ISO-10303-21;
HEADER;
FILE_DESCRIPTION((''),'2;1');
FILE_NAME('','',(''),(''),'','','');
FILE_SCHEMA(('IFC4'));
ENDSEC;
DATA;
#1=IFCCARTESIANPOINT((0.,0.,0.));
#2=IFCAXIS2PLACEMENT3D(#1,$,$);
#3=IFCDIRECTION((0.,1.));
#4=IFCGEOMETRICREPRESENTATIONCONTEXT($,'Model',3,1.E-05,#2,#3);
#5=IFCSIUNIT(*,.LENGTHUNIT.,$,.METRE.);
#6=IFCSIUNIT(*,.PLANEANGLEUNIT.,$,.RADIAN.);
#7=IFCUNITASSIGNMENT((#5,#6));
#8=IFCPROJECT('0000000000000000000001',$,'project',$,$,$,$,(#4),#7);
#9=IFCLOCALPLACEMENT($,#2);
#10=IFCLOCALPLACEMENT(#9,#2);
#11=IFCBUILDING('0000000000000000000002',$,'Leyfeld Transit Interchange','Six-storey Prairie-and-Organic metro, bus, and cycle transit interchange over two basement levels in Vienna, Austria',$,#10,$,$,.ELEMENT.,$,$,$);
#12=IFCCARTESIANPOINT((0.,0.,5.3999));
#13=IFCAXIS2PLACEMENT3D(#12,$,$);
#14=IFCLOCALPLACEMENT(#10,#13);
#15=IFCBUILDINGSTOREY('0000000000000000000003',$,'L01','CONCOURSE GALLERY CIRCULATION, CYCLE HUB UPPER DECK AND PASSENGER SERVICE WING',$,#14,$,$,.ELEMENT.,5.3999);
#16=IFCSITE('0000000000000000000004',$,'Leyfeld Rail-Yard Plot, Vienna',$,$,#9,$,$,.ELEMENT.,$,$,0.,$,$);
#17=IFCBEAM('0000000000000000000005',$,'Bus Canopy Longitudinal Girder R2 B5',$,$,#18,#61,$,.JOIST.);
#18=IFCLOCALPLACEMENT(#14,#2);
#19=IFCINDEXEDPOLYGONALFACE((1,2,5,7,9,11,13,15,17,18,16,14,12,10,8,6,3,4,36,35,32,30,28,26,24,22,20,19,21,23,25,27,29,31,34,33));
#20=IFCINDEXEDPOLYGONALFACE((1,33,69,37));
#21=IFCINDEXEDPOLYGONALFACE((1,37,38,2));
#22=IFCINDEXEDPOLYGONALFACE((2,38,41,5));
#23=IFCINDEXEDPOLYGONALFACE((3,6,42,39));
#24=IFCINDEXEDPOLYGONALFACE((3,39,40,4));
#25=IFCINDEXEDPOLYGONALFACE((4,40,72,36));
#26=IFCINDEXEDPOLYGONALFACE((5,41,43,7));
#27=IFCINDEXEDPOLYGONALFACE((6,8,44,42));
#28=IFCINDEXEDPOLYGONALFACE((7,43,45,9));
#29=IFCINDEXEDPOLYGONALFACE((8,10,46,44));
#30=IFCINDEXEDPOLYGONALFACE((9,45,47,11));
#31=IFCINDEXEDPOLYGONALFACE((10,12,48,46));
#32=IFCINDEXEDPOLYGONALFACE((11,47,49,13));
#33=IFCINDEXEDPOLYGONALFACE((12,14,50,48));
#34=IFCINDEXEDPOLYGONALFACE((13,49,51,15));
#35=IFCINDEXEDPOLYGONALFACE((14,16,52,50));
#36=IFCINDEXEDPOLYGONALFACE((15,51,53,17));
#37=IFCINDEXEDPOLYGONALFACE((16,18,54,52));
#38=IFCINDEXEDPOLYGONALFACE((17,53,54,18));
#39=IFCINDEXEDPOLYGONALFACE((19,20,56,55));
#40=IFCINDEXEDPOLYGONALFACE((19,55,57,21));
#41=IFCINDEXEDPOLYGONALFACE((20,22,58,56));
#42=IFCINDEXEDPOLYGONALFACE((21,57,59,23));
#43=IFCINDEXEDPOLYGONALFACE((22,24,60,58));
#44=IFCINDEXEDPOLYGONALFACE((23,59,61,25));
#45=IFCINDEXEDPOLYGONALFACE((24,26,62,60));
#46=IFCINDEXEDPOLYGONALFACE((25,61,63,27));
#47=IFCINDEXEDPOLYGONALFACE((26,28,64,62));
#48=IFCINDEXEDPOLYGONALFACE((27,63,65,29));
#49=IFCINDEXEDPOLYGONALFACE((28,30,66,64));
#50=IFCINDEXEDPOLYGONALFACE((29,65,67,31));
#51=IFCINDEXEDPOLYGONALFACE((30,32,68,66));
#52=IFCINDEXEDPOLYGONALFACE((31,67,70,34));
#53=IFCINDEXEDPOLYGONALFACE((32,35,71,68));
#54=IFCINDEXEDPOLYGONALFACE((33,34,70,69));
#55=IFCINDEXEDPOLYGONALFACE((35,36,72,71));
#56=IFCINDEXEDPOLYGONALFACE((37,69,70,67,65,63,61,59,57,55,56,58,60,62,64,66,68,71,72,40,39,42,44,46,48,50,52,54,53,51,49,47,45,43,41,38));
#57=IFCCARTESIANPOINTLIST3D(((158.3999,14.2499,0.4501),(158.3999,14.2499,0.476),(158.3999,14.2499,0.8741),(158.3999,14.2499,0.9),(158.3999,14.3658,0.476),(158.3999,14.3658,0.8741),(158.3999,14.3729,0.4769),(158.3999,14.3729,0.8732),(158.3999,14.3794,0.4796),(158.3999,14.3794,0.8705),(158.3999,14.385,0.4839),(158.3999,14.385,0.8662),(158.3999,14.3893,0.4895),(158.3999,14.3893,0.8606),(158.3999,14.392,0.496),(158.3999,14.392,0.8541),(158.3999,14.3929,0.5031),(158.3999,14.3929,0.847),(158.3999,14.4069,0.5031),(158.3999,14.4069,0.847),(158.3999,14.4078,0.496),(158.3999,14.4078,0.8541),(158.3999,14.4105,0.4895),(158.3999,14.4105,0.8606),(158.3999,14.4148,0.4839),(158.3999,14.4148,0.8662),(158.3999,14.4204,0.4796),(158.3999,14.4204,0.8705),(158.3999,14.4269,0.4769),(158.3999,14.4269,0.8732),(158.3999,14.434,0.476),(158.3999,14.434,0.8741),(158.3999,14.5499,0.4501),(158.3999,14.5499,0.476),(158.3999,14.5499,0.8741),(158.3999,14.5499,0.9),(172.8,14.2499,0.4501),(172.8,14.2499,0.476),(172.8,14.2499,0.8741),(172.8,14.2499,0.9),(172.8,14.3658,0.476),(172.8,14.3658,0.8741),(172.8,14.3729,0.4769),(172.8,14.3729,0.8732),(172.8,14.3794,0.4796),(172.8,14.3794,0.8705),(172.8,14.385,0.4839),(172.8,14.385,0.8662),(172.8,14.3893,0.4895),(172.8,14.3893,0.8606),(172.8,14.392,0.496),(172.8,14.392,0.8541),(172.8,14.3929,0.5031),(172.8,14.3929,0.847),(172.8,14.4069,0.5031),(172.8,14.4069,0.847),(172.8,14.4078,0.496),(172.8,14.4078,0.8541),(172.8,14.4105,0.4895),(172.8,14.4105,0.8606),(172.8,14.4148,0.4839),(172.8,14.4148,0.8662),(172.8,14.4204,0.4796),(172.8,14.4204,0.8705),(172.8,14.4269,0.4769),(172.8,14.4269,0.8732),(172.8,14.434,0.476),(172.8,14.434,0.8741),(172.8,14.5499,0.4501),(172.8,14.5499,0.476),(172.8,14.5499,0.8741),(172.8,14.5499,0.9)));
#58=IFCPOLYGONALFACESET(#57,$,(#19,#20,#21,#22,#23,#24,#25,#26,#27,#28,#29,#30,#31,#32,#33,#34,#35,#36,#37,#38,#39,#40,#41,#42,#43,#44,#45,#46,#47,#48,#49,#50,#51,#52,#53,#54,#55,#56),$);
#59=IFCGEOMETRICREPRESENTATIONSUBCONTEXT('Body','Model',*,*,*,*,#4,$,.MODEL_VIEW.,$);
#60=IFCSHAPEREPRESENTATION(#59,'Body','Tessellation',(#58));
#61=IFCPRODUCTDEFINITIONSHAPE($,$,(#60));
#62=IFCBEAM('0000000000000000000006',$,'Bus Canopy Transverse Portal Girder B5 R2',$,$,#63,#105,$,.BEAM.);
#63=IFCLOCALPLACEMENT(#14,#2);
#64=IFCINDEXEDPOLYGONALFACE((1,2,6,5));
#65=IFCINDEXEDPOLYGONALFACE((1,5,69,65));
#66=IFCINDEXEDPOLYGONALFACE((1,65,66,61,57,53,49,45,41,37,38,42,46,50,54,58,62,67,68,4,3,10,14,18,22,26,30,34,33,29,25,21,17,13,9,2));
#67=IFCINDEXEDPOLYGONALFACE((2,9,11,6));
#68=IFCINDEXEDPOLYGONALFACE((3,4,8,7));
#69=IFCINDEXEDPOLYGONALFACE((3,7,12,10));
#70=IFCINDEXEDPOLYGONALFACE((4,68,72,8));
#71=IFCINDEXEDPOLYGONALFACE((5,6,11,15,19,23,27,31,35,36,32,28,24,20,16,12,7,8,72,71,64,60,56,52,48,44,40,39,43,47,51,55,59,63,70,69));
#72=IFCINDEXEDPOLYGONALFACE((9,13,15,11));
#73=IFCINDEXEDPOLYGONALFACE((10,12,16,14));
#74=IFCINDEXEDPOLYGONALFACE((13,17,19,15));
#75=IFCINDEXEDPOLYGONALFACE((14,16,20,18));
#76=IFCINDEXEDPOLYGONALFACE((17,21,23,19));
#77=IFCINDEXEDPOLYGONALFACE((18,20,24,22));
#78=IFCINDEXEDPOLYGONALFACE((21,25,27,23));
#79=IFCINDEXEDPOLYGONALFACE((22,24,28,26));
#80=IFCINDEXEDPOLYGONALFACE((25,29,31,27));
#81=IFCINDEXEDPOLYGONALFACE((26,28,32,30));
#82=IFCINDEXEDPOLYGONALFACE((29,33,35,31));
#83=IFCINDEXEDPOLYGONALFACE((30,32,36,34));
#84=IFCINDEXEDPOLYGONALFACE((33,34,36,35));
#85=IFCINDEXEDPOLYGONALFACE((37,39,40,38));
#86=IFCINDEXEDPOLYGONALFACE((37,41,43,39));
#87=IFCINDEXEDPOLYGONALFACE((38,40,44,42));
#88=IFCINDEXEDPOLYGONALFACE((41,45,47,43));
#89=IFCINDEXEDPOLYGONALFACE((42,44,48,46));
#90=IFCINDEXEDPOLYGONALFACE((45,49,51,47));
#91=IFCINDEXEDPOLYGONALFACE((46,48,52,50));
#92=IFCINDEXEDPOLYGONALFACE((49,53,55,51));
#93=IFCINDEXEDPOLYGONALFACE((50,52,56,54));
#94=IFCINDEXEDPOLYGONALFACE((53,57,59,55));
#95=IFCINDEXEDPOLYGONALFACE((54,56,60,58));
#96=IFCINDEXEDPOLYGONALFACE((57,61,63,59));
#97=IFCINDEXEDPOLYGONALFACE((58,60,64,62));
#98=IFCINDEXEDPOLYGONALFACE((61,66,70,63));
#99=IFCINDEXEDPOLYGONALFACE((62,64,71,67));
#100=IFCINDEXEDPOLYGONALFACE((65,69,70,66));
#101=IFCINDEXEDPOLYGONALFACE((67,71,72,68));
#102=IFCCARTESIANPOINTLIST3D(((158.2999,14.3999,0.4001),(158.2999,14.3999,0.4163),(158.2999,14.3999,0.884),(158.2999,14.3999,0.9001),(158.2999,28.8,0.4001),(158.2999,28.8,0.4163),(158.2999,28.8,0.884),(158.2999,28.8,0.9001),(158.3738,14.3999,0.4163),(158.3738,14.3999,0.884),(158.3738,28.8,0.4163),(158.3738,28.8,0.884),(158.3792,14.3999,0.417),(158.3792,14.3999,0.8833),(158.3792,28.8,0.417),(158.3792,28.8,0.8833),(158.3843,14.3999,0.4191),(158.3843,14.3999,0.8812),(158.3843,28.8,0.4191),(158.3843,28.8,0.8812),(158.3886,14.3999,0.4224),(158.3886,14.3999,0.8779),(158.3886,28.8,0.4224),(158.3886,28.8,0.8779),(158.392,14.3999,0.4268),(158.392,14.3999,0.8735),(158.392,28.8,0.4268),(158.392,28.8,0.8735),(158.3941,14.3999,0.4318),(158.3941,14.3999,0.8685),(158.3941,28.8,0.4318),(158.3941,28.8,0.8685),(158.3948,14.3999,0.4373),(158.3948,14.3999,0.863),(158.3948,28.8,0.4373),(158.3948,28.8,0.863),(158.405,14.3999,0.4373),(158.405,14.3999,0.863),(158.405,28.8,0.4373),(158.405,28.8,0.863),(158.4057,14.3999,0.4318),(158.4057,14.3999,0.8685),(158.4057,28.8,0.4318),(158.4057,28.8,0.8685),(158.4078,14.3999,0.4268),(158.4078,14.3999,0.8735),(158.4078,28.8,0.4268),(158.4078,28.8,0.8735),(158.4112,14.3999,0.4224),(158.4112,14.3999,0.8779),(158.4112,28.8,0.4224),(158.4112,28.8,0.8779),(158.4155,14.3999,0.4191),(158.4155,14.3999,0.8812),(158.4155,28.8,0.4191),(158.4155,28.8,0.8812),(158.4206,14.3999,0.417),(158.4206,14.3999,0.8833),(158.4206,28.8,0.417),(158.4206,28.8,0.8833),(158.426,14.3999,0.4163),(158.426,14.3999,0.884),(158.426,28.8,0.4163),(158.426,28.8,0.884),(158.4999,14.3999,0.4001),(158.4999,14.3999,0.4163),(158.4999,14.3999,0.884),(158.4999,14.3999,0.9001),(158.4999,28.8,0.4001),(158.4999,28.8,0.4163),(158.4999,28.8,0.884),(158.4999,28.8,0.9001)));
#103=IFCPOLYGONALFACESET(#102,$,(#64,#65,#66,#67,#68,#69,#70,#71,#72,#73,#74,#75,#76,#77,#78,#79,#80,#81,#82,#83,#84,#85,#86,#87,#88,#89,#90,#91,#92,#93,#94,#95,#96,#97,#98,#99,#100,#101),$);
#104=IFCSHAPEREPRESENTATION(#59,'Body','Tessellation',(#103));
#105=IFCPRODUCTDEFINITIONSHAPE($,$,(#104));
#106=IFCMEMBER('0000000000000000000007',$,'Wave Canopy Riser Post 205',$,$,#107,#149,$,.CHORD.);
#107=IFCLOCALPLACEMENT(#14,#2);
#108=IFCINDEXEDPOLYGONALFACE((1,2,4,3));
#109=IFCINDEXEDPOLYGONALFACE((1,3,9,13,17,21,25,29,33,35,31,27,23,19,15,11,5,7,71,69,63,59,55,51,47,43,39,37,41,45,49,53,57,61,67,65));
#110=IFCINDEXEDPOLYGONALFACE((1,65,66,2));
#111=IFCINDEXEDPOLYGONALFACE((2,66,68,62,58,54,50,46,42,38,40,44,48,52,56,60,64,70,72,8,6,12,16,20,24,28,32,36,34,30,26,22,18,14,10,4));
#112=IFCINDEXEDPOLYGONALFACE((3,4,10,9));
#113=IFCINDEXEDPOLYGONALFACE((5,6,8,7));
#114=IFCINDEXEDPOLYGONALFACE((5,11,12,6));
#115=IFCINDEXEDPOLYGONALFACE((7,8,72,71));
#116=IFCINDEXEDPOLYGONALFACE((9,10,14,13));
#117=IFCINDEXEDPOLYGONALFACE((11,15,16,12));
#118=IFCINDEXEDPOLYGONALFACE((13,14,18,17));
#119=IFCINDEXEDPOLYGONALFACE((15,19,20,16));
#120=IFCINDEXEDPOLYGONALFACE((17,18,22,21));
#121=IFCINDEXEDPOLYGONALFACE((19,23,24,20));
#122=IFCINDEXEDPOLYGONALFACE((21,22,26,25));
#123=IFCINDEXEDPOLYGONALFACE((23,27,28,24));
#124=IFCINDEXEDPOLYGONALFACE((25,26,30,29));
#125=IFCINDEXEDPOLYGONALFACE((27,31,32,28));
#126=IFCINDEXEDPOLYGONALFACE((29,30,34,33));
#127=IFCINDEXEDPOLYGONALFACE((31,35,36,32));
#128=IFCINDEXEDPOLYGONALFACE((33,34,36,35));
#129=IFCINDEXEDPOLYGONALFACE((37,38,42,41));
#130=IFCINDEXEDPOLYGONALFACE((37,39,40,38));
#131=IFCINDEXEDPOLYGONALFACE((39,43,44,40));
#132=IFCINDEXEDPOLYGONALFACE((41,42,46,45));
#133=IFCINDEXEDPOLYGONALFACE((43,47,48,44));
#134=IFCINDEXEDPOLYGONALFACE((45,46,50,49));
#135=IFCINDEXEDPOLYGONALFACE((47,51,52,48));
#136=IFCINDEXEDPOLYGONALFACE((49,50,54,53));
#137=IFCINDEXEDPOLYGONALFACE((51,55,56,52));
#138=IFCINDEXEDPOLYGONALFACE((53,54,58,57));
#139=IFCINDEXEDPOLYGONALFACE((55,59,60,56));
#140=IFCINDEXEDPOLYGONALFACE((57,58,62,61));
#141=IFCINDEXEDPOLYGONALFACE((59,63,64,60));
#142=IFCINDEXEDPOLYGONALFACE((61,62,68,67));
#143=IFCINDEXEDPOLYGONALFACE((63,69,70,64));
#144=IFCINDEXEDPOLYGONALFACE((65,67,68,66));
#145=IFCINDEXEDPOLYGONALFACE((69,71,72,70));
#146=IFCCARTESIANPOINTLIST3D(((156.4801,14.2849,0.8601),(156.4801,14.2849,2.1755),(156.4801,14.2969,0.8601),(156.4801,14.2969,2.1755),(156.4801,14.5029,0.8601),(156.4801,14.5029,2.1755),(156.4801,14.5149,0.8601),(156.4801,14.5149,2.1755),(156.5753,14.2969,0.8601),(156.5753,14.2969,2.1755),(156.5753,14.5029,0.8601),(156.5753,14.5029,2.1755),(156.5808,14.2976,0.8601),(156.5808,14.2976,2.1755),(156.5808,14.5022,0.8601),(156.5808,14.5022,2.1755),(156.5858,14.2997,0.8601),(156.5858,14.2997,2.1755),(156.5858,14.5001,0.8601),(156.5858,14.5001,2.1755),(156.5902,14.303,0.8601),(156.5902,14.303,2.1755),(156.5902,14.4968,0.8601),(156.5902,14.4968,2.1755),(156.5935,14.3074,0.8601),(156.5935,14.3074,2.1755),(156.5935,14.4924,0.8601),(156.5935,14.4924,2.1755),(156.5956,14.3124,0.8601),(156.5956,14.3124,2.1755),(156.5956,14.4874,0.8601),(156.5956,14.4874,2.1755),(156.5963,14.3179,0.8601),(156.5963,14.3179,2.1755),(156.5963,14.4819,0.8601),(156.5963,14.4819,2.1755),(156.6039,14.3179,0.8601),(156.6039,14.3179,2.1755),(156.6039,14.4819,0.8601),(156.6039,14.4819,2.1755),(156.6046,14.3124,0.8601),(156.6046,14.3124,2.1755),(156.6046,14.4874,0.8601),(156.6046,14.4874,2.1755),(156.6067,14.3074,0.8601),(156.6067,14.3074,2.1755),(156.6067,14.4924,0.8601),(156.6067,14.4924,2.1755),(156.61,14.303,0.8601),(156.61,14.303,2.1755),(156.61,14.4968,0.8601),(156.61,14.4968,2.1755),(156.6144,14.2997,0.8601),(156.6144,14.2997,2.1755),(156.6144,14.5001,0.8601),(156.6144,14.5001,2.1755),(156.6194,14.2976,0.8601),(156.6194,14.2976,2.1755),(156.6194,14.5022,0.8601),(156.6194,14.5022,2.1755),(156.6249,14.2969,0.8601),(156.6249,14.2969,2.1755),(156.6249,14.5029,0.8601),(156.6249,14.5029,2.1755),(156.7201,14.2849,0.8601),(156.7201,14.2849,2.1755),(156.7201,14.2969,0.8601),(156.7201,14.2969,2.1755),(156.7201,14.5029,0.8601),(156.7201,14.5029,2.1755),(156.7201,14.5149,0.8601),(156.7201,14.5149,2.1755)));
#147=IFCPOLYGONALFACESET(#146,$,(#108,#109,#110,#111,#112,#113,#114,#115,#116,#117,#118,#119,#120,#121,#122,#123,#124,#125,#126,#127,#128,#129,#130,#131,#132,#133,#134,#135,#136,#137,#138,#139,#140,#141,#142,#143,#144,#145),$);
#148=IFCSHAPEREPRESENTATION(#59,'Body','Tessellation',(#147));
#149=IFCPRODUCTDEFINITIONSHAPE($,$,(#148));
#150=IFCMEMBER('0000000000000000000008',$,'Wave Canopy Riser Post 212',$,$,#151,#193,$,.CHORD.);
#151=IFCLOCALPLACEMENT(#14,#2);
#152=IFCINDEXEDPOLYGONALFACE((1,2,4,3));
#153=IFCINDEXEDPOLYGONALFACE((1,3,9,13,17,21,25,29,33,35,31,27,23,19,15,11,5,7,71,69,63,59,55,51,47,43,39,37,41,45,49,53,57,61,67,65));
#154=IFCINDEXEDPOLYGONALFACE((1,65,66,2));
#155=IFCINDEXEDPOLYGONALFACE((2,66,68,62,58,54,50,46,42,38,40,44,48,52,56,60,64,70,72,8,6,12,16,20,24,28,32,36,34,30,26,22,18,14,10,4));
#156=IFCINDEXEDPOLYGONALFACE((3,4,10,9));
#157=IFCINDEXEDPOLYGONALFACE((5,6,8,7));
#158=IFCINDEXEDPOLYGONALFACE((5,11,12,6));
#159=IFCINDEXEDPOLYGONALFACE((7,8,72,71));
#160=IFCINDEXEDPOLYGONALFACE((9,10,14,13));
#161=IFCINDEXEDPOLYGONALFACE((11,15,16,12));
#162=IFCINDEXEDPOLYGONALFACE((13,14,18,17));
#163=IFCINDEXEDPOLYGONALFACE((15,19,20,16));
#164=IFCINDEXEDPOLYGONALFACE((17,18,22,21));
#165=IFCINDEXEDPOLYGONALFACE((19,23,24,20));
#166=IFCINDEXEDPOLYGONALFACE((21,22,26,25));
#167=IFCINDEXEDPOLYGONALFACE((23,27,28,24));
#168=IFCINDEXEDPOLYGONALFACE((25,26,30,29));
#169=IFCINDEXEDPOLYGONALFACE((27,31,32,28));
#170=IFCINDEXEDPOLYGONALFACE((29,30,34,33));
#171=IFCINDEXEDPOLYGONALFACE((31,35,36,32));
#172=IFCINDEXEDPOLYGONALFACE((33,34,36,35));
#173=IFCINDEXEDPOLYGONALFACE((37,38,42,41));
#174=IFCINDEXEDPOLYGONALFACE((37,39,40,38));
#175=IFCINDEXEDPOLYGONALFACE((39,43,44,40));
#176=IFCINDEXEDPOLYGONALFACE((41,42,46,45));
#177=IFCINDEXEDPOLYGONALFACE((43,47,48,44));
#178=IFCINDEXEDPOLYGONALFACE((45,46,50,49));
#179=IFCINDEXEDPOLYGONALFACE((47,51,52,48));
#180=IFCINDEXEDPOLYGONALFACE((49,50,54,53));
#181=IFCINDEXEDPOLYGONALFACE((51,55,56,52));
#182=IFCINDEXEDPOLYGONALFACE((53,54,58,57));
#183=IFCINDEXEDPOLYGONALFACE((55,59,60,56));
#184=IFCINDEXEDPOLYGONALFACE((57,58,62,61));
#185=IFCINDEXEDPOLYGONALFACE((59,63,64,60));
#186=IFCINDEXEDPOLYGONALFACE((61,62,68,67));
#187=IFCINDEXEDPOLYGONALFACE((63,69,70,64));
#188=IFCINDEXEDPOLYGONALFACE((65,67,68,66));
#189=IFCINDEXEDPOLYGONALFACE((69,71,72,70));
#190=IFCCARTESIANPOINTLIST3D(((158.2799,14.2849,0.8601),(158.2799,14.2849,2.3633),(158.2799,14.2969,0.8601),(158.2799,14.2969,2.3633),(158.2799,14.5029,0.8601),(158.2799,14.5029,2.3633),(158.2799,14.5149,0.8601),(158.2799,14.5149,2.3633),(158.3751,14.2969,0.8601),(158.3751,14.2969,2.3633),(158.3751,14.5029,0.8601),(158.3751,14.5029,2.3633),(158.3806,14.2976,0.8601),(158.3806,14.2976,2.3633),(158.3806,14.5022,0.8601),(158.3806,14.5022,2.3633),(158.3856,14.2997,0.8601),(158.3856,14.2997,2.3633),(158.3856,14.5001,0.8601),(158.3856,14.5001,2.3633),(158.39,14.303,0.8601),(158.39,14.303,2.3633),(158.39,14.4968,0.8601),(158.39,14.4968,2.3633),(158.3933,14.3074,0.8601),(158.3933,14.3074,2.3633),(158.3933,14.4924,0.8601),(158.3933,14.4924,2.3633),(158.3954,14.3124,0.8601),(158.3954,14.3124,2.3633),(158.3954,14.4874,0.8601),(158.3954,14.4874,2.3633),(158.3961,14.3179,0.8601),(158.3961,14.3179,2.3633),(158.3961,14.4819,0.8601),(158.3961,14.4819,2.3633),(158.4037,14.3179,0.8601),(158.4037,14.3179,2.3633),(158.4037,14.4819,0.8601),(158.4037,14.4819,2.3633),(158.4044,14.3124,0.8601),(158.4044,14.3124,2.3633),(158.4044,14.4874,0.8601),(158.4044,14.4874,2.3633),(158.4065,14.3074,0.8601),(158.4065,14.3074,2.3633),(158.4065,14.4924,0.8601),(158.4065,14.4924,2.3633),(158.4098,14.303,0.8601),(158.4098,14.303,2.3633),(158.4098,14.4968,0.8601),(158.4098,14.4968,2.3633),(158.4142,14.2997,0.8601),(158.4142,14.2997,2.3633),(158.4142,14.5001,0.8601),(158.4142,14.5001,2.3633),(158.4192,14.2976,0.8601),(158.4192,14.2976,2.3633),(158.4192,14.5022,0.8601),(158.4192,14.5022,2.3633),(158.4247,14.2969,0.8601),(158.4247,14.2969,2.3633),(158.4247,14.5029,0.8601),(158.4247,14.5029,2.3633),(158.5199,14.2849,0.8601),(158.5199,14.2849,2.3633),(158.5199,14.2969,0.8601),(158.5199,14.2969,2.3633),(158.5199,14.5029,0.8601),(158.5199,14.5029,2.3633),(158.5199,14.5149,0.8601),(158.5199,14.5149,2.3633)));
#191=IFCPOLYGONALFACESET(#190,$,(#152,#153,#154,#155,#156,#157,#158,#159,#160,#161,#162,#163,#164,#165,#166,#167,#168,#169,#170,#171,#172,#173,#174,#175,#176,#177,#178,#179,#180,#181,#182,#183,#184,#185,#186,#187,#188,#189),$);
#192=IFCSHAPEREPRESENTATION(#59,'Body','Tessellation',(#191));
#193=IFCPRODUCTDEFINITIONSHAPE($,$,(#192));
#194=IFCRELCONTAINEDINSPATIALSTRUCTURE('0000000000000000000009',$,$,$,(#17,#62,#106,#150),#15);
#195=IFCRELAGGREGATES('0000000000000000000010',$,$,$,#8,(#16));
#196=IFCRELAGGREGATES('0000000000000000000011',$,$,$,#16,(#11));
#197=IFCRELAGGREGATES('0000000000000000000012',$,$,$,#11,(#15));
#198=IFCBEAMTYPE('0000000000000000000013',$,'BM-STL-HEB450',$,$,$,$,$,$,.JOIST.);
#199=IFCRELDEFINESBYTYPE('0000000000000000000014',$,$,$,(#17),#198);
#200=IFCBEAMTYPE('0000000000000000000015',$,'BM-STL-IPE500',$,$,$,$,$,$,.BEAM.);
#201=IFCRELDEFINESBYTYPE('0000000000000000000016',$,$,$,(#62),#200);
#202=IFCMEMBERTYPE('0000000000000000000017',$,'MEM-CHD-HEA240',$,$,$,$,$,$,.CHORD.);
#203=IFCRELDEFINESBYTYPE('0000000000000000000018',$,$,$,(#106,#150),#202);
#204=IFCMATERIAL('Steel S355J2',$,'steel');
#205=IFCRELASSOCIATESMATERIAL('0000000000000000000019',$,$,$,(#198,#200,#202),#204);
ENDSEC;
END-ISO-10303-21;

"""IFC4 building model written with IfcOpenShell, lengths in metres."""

from ifc_helpers import new_model, si_unit, direction, frame, origin, origin_2d, place, context, subcontext, project, spatial, i_section, extrude, material, material_profile, profile_set, type_object, element, save


model = new_model("IFC4")

# Units and contexts
model_context = context("Model", 3, precision=1e-05, world=origin(), true_north=direction((0.0, 1.0)))
body_context = subcontext(model_context, "Body", "Model", "MODEL_VIEW")
ifc_project = project(units=[si_unit("LENGTHUNIT", "METRE"), si_unit("PLANEANGLEUNIT", "RADIAN")], contexts=[model_context])

# Site, building, storey
site_placement = place(None, origin())
site = spatial("IfcSite", under=ifc_project, at=site_placement, Name="Leyfeld Rail-Yard Plot, Vienna", CompositionType="ELEMENT", RefElevation=0.0)
building_placement = place(site_placement, origin())
building = spatial("IfcBuilding", under=site, at=building_placement, Name="Leyfeld Transit Interchange", Description="Six-storey Prairie-and-Organic metro, bus, and cycle transit interchange over two basement levels in Vienna, Austria", CompositionType="ELEMENT")
storey_placement = place(building_placement, frame((0.0, 0.0, 5.3999)))
storey = spatial("IfcBuildingStorey", under=building, at=storey_placement, Name="L01", Description="CONCOURSE GALLERY CIRCULATION, CYCLE HUB UPPER DECK AND PASSENGER SERVICE WING", CompositionType="ELEMENT", Elevation=5.3999)

# Beams
ifc_material_1 = material(Name="Steel S355J2", Category="steel")
ifc_material_profile_1 = material_profile(ifc_material_1, i_section(OverallWidth=0.3, OverallDepth=0.45, WebThickness=0.0139, FlangeThickness=0.0259, FilletRadius=0.0271, at=origin_2d()), Name="HEB 450")
ifc_profile_set_1 = profile_set([ifc_material_profile_1], Name="Steel S355J2")
beam_type_1 = type_object("IfcBeamType", Name="BM-STL-HEB450", PredefinedType="JOIST", material=ifc_profile_set_1)
beam_1_placement = place(storey_placement, frame((158.3999, 14.3999, 0.675), z_axis=(1.0, 0.0, 0.0), x_axis=(0.0, 1.0, 0.0)))
element("IfcBeam", 1, at=beam_1_placement, inside=storey, type_object=beam_type_1, Name="Bus Canopy Longitudinal Girder R2 B5", PredefinedType="JOIST", context=body_context, shape_type="SweptSolid", body=[
    extrude(i_section(OverallWidth=0.3, OverallDepth=0.45, WebThickness=0.0139, FlangeThickness=0.0259, FilletRadius=0.0271, at=origin_2d()), origin(), (0.0, 0.0, 1.0), 14.4001),
])
ifc_material_profile_2 = material_profile(ifc_material_1, i_section(OverallWidth=0.2, OverallDepth=0.5, WebThickness=0.0103, FlangeThickness=0.0161, FilletRadius=0.021, at=origin_2d()), Name="IPE 500")
ifc_profile_set_2 = profile_set([ifc_material_profile_2], Name="Steel S355J2")
beam_type_2 = type_object("IfcBeamType", Name="BM-STL-IPE500", PredefinedType="BEAM", material=ifc_profile_set_2)
beam_2_placement = place(storey_placement, frame((158.3999, 14.3999, 0.6501), z_axis=(0.0, 1.0, 0.0), x_axis=(-1.0, 0.0, 0.0)))
element("IfcBeam", 2, at=beam_2_placement, inside=storey, type_object=beam_type_2, Name="Bus Canopy Transverse Portal Girder B5 R2", PredefinedType="BEAM", context=body_context, shape_type="SweptSolid", body=[
    extrude(i_section(OverallWidth=0.2, OverallDepth=0.5, WebThickness=0.0103, FlangeThickness=0.0161, FilletRadius=0.021, at=origin_2d()), origin(), (0.0, 0.0, 1.0), 14.4001),
])

# Members
ifc_material_profile_3 = material_profile(ifc_material_1, i_section(OverallWidth=0.24, OverallDepth=0.23, WebThickness=0.0076, FlangeThickness=0.012, FilletRadius=0.021, at=origin_2d()), Name="HEA 240")
ifc_profile_set_3 = profile_set([ifc_material_profile_3], Name="Steel S355J2")
member_type_1 = type_object("IfcMemberType", Name="MEM-CHD-HEA240", PredefinedType="CHORD", material=ifc_profile_set_3)
member_1_placement = place(storey_placement, frame((156.6001, 14.3999, 0.8601), z_axis=(0.0, 0.0, 1.0), x_axis=(1.0, 0.0, 0.0)))
element("IfcMember", 3, at=member_1_placement, inside=storey, type_object=member_type_1, Name="Wave Canopy Riser Post 205", PredefinedType="CHORD", context=body_context, shape_type="SweptSolid", body=[
    extrude(i_section(OverallWidth=0.24, OverallDepth=0.23, WebThickness=0.0076, FlangeThickness=0.012, FilletRadius=0.021, at=origin_2d()), origin(), (0.0, 0.0, 1.0), 1.3154),
])
member_2_placement = place(storey_placement, frame((158.3999, 14.3999, 0.8601), z_axis=(0.0, 0.0, 1.0), x_axis=(1.0, 0.0, 0.0)))
element("IfcMember", 4, at=member_2_placement, inside=storey, type_object=member_type_1, Name="Wave Canopy Riser Post 212", PredefinedType="CHORD", context=body_context, shape_type="SweptSolid", body=[
    extrude(i_section(OverallWidth=0.24, OverallDepth=0.23, WebThickness=0.0076, FlangeThickness=0.012, FilletRadius=0.021, at=origin_2d()), origin(), (0.0, 0.0, 1.0), 1.5032),
])

save(model, "model.ifc")
